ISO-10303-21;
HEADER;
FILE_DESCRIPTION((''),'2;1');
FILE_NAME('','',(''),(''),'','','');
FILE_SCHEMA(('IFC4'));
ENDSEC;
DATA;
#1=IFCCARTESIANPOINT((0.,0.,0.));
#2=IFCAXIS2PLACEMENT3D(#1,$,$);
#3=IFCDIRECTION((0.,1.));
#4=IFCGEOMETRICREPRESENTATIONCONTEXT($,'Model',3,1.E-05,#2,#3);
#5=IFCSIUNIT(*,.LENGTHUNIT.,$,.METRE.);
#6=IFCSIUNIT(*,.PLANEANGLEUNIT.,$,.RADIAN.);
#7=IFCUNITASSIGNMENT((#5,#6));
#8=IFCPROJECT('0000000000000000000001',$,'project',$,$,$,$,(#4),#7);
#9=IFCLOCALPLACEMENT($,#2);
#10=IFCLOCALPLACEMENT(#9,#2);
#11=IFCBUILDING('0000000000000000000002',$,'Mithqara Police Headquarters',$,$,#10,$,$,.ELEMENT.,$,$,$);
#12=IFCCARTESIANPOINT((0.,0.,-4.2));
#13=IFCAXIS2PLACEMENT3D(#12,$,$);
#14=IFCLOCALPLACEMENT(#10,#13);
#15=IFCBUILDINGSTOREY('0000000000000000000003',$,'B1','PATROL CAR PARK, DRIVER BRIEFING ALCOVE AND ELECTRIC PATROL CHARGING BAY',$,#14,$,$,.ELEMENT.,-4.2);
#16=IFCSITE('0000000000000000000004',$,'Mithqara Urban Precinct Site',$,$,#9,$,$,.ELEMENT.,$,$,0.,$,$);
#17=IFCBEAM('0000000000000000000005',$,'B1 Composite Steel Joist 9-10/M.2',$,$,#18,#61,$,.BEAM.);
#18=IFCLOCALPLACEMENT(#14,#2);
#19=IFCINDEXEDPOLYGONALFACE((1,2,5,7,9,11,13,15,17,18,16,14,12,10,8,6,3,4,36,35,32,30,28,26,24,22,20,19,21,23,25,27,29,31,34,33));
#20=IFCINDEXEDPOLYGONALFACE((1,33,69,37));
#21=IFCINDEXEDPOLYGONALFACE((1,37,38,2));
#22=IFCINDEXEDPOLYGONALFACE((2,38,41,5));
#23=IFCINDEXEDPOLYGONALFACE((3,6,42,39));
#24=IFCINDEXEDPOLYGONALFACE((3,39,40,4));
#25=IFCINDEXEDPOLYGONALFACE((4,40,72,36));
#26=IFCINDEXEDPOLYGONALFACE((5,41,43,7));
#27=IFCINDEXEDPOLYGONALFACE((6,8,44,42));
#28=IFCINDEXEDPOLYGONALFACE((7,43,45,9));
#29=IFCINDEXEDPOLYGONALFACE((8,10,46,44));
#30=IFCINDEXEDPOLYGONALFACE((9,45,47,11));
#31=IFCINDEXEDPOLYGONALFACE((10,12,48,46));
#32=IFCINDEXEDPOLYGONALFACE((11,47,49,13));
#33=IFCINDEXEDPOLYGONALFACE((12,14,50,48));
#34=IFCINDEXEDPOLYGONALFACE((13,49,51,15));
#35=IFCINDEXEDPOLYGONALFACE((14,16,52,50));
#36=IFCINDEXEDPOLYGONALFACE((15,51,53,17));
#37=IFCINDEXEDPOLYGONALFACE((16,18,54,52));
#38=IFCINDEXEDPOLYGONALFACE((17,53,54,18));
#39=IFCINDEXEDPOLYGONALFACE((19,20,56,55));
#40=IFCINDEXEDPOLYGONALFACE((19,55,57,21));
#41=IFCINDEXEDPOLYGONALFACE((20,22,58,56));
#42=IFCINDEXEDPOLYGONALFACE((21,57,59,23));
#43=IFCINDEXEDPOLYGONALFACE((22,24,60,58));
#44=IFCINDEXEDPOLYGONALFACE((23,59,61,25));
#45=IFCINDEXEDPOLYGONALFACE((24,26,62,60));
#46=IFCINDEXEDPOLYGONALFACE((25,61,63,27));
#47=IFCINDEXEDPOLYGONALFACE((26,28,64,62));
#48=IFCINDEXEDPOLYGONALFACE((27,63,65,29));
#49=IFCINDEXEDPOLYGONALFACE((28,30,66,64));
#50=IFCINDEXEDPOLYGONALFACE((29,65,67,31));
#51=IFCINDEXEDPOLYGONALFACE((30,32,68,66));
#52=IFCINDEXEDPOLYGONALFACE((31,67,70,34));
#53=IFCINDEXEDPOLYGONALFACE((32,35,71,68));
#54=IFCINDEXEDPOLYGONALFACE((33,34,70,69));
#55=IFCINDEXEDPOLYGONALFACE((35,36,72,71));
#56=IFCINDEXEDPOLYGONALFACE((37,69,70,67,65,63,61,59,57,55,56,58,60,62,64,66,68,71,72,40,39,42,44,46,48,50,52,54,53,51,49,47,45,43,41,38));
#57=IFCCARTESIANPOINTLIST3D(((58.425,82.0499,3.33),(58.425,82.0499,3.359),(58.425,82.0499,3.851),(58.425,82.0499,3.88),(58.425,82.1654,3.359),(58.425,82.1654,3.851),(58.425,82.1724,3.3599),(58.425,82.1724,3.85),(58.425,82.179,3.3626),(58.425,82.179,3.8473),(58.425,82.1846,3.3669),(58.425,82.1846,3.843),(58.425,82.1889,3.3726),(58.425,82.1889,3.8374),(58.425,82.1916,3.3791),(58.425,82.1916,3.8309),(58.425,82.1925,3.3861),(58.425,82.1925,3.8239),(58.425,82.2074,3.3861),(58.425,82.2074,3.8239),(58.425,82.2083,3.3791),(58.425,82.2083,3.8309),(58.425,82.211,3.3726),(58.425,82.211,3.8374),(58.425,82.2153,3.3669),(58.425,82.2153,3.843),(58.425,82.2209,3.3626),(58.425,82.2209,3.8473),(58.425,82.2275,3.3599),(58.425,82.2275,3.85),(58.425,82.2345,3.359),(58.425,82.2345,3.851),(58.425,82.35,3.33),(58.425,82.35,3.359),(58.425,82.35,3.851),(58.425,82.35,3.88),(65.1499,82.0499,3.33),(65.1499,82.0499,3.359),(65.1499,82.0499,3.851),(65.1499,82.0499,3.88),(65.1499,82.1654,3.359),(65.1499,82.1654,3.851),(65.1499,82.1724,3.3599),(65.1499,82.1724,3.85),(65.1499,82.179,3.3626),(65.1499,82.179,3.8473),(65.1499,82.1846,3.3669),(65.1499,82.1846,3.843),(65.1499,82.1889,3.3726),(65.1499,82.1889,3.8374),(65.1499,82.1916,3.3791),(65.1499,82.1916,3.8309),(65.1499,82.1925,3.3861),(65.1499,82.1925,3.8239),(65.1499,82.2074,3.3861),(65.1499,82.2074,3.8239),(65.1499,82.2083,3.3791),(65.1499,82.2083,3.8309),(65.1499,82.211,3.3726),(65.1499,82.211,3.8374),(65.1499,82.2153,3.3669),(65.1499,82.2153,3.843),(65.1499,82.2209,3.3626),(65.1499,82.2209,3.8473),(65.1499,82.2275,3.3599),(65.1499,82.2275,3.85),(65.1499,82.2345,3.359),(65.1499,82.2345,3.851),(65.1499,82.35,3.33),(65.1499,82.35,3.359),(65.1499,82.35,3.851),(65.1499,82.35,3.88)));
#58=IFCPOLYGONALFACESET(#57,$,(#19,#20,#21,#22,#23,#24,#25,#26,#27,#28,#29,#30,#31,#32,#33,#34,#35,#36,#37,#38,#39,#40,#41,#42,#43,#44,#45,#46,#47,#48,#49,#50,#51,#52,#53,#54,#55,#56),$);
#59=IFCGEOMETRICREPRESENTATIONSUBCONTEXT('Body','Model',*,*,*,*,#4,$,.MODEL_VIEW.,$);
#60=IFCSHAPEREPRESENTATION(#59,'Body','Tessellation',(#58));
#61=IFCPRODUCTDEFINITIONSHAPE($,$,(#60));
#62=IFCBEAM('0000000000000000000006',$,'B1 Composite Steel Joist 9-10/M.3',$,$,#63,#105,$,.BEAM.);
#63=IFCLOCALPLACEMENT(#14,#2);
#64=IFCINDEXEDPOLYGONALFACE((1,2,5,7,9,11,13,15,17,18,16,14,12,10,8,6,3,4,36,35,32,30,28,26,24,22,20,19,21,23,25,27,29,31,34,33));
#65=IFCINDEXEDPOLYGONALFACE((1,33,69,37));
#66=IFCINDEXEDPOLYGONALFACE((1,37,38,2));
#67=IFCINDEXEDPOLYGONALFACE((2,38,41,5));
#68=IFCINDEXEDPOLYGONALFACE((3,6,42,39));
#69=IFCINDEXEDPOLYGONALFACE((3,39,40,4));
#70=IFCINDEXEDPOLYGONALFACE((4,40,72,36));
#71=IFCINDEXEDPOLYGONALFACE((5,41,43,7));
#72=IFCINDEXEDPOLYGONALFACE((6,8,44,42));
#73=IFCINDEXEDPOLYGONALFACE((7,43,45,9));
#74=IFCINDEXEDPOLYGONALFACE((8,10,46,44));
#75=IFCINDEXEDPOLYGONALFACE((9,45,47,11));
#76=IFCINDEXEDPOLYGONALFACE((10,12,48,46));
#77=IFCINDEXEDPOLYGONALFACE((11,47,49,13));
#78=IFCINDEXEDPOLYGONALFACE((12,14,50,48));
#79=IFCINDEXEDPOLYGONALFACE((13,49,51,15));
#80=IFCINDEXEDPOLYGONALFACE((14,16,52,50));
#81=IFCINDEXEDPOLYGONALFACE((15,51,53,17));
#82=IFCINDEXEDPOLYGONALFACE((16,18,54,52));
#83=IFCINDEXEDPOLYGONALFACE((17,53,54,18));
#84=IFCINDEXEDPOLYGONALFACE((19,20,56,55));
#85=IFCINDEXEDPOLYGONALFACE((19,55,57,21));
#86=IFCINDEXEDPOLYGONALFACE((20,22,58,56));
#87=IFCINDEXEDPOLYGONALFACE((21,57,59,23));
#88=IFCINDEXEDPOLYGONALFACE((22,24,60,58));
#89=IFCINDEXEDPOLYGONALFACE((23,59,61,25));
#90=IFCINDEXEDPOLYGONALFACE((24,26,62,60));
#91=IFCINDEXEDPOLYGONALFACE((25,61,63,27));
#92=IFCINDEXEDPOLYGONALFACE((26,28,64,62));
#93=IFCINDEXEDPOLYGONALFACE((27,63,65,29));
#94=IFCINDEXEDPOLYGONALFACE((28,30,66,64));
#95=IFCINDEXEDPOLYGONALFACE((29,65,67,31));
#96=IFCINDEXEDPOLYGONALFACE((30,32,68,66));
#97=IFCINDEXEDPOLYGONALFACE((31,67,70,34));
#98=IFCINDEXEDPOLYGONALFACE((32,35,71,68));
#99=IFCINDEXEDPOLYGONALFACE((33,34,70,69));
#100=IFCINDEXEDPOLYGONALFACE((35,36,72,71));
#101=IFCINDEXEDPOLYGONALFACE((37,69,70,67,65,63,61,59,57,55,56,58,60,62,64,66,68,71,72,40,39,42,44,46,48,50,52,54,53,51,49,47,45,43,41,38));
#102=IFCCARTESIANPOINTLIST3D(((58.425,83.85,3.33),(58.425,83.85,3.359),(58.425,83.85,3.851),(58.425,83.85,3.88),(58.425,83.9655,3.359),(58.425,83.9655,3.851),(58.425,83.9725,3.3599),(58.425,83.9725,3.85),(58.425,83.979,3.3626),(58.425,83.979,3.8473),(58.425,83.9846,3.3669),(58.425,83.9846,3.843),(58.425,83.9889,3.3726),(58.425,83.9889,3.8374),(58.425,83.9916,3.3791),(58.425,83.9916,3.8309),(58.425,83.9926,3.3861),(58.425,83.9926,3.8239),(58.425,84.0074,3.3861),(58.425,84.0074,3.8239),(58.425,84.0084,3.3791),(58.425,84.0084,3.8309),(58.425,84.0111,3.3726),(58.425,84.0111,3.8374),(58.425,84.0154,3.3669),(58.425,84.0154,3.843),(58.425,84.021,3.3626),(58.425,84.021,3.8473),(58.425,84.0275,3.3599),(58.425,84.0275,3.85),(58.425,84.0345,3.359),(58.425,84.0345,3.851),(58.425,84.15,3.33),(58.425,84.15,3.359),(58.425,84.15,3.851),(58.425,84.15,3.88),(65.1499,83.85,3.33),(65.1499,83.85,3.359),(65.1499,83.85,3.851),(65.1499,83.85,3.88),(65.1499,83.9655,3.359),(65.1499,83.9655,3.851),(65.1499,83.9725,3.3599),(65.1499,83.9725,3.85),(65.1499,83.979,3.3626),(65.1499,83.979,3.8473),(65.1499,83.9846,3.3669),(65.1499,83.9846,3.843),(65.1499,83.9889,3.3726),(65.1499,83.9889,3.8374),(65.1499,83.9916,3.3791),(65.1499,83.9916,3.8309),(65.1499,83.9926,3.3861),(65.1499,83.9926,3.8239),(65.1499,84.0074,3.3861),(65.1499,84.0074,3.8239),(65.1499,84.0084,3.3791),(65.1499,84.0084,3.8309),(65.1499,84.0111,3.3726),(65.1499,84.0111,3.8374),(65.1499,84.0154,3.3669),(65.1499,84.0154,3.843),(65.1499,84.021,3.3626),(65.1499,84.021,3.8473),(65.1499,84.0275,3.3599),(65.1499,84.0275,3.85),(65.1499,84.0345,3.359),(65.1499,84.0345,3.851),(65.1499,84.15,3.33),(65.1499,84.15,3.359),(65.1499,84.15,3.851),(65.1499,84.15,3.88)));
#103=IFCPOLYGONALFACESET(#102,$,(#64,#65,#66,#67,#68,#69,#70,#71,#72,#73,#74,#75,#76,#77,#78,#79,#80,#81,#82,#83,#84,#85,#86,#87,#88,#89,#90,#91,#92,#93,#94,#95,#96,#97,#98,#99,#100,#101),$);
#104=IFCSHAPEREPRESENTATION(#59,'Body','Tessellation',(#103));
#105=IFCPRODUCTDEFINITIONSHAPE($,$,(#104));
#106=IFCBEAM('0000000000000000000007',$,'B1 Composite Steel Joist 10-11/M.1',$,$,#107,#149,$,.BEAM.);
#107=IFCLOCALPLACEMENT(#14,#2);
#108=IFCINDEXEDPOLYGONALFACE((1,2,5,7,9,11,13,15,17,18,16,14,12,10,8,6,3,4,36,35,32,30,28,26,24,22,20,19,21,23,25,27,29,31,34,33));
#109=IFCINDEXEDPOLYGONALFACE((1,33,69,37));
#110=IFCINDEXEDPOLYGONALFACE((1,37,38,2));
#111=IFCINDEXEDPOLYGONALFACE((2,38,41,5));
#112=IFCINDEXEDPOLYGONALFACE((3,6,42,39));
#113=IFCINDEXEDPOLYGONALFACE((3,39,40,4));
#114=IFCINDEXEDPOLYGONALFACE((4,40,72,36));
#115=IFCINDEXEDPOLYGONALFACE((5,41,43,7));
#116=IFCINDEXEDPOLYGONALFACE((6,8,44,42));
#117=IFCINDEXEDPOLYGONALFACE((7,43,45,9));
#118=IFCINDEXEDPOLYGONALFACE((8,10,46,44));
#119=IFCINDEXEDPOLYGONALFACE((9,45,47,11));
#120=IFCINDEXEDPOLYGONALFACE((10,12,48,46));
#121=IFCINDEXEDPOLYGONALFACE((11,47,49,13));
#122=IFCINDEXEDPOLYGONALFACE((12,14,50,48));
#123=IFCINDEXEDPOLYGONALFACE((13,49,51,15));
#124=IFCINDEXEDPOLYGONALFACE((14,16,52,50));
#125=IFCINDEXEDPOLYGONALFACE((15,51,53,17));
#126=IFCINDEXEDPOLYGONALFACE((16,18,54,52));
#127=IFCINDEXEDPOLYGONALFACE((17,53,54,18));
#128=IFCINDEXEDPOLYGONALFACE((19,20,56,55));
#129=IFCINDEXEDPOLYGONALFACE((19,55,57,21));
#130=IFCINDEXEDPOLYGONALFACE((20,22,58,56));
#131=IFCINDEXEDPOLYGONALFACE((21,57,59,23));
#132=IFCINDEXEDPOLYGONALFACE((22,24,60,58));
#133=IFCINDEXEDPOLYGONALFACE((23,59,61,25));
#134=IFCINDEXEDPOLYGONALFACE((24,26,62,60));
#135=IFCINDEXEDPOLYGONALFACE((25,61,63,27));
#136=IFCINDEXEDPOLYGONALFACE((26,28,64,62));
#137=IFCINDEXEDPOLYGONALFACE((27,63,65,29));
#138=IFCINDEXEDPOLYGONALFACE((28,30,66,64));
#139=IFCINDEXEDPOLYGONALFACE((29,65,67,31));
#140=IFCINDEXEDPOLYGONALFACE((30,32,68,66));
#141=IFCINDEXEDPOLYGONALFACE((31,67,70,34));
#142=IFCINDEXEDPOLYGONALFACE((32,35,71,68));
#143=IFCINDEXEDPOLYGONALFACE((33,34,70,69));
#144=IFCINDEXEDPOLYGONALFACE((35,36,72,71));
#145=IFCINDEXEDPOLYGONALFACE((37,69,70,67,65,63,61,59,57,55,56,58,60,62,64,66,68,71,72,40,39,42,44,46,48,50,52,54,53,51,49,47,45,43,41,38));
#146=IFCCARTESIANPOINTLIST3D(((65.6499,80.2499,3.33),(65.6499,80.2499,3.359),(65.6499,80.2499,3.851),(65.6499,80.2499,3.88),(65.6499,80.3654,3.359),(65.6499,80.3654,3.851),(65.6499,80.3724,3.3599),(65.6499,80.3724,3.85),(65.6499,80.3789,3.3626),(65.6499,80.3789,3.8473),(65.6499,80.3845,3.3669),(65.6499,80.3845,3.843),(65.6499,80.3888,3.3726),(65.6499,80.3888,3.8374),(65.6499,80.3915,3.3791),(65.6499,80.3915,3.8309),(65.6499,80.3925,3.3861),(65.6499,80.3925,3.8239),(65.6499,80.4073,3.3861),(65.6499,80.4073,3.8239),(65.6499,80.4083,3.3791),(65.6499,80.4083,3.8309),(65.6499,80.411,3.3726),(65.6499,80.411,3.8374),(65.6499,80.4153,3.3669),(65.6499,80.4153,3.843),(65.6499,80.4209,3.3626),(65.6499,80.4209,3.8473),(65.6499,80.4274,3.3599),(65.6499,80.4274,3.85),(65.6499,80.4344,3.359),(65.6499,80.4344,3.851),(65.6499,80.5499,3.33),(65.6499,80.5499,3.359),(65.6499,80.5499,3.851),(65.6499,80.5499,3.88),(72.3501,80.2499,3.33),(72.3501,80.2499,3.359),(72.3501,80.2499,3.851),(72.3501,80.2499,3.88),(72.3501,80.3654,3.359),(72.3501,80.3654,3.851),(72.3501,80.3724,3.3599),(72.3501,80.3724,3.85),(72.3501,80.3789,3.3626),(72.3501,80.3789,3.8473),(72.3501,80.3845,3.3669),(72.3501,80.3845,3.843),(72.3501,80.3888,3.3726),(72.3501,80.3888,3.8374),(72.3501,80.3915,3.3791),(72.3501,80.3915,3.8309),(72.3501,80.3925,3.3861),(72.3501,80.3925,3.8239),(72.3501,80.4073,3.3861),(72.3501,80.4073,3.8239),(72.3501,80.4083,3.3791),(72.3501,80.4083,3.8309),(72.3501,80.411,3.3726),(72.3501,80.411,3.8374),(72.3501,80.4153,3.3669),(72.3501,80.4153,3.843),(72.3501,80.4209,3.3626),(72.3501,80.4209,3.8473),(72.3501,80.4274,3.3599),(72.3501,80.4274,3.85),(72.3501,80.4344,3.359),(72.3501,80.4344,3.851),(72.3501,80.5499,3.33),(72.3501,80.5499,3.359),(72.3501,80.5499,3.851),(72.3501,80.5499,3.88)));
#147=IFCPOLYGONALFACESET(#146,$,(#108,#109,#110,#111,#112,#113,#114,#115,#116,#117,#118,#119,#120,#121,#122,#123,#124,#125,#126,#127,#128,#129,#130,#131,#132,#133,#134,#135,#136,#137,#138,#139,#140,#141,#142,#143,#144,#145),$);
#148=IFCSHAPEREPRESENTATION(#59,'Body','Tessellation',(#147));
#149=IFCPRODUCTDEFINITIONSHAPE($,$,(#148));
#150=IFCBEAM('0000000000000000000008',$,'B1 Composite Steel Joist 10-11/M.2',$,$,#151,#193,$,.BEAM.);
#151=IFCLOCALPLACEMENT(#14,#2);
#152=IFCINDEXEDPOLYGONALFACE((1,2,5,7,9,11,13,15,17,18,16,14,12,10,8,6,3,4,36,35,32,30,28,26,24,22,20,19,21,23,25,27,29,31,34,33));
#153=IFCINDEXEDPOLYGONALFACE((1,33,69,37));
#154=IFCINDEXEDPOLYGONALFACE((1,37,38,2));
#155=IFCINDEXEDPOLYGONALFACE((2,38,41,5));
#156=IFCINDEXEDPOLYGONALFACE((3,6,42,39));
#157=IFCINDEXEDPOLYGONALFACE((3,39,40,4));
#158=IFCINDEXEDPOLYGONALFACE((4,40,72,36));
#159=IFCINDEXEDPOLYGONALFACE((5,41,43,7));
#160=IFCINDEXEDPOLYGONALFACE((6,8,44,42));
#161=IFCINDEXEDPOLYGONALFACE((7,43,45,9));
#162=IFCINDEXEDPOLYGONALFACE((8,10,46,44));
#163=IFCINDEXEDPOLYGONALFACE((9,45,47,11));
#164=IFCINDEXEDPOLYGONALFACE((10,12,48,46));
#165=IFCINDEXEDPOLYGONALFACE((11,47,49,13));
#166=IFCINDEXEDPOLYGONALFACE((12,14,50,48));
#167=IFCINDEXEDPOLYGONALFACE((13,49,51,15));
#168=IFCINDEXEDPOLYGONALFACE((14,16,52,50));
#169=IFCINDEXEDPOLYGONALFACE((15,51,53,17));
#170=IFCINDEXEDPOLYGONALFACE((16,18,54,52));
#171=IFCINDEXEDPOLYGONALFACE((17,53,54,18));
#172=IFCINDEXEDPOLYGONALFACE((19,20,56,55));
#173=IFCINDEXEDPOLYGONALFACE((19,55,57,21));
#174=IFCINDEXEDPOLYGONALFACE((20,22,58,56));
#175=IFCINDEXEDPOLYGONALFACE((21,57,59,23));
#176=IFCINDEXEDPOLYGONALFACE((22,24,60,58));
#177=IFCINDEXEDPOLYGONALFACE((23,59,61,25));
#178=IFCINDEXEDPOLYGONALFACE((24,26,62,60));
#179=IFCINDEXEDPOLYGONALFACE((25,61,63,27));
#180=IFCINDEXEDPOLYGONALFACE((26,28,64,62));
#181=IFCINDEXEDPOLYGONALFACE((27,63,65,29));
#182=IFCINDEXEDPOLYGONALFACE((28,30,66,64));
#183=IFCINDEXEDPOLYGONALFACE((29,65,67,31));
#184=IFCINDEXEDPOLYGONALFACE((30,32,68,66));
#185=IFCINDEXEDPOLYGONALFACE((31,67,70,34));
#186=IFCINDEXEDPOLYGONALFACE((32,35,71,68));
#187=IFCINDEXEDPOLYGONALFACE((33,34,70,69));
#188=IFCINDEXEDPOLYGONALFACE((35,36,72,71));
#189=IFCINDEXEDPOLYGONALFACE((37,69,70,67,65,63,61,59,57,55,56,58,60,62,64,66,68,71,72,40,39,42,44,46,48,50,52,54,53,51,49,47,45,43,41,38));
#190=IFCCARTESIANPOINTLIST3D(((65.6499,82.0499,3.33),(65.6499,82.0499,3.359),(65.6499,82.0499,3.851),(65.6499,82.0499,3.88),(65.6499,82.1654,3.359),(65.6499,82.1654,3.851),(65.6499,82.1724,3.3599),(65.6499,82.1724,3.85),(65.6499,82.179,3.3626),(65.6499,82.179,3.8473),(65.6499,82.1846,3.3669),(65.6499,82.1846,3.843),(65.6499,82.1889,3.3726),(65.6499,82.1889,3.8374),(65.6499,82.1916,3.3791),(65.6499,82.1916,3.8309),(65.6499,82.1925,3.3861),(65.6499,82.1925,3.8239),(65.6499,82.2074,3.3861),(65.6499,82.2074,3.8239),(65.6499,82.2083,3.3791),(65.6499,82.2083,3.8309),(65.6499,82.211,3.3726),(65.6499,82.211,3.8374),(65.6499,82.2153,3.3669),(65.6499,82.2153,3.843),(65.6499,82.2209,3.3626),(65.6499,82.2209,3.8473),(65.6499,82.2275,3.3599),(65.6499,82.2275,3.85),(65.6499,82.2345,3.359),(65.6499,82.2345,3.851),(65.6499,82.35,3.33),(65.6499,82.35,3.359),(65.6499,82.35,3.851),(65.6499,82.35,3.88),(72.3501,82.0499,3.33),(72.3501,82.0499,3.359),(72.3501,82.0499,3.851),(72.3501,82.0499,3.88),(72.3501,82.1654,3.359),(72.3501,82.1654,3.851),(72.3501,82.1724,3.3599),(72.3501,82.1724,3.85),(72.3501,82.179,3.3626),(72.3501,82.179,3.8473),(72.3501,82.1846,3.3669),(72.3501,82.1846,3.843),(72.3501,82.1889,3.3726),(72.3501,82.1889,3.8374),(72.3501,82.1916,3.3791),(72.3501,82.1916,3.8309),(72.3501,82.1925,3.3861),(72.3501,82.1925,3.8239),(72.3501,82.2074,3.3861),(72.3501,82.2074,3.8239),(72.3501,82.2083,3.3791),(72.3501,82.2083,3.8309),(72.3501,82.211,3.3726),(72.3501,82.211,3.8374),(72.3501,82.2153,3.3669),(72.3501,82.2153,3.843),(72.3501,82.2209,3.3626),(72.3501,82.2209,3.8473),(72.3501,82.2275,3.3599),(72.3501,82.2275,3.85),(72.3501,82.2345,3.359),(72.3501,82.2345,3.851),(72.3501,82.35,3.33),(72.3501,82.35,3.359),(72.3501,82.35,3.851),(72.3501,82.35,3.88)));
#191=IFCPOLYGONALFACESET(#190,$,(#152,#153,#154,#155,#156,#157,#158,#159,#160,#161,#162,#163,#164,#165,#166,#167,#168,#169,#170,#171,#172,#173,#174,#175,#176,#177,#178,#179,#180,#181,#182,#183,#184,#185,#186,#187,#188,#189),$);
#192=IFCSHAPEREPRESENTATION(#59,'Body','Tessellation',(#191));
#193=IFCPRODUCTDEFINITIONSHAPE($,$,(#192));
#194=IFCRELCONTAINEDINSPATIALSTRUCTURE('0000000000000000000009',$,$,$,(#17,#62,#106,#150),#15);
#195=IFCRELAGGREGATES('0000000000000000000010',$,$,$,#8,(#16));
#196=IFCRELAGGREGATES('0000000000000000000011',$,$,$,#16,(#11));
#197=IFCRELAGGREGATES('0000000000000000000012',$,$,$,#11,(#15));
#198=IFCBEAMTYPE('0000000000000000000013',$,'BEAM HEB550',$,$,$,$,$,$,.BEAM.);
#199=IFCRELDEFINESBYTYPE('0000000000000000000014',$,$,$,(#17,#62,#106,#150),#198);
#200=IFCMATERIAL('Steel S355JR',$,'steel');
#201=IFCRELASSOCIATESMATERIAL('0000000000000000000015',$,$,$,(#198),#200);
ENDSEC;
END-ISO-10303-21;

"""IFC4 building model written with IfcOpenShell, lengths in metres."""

from ifc_helpers import new_model, si_unit, direction, frame, origin, origin_2d, place, context, subcontext, project, spatial, i_section, extrude, material, material_profile, profile_set, type_object, element, save


model = new_model("IFC4")

# Units and contexts
model_context = context("Model", 3, precision=1e-05, world=origin(), true_north=direction((0.0, 1.0)))
body_context = subcontext(model_context, "Body", "Model", "MODEL_VIEW")
ifc_project = project(units=[si_unit("LENGTHUNIT", "METRE"), si_unit("PLANEANGLEUNIT", "RADIAN")], contexts=[model_context])

# Site, building, storey
site_placement = place(None, origin())
site = spatial("IfcSite", under=ifc_project, at=site_placement, Name="Mithqara Urban Precinct Site", CompositionType="ELEMENT", RefElevation=0.0)
building_placement = place(site_placement, origin())
building = spatial("IfcBuilding", under=site, at=building_placement, Name="Mithqara Police Headquarters", CompositionType="ELEMENT")
storey_placement = place(building_placement, frame((0.0, 0.0, -4.2)))
storey = spatial("IfcBuildingStorey", under=building, at=storey_placement, Name="B1", Description="PATROL CAR PARK, DRIVER BRIEFING ALCOVE AND ELECTRIC PATROL CHARGING BAY", CompositionType="ELEMENT", Elevation=-4.2)

# Beams
ifc_material_1 = material(Name="Steel S355JR", Category="steel")
ifc_material_profile_1 = material_profile(ifc_material_1, i_section(OverallWidth=0.3, OverallDepth=0.55, WebThickness=0.0149, FlangeThickness=0.0291, FilletRadius=0.0271, at=origin_2d()), Name="HEB 550")
ifc_profile_set_1 = profile_set([ifc_material_profile_1], Name="Steel S355JR")
beam_type_1 = type_object("IfcBeamType", Name="BEAM HEB550", PredefinedType="BEAM", material=ifc_profile_set_1)
for number, where, z_axis, x_axis, name in (
    (1, (58.425, 82.2, 3.605), (1.0, 0.0, 0.0), (0.0, 1.0, 0.0), "B1 Composite Steel Joist 9-10/M.2"),
    (2, (58.425, 84.0, 3.605), (1.0, 0.0, 0.0), (0.0, 1.0, 0.0), "B1 Composite Steel Joist 9-10/M.3"),
):
    element("IfcBeam", number, at=place(storey_placement, frame(where, z_axis=z_axis, x_axis=x_axis)), inside=storey, type_object=beam_type_1, Name=name, PredefinedType="BEAM", context=body_context, shape_type="SweptSolid", body=[
        extrude(i_section(OverallWidth=0.3, OverallDepth=0.55, WebThickness=0.0149, FlangeThickness=0.0291, FilletRadius=0.0271, at=origin_2d()), origin(), (0.0, 0.0, 1.0), 6.7249),
    ])
for number, where, z_axis, x_axis, name in (
    (3, (65.6499, 80.3999, 3.605), (1.0, 0.0, 0.0), (0.0, 1.0, 0.0), "B1 Composite Steel Joist 10-11/M.1"),
    (4, (65.6499, 82.2, 3.605), (1.0, 0.0, 0.0), (0.0, 1.0, 0.0), "B1 Composite Steel Joist 10-11/M.2"),
):
    element("IfcBeam", number, at=place(storey_placement, frame(where, z_axis=z_axis, x_axis=x_axis)), inside=storey, type_object=beam_type_1, Name=name, PredefinedType="BEAM", context=body_context, shape_type="SweptSolid", body=[
        extrude(i_section(OverallWidth=0.3, OverallDepth=0.55, WebThickness=0.0149, FlangeThickness=0.0291, FilletRadius=0.0271, at=origin_2d()), origin(), (0.0, 0.0, 1.0), 6.7002),
    ])

save(model, "model.ifc")
